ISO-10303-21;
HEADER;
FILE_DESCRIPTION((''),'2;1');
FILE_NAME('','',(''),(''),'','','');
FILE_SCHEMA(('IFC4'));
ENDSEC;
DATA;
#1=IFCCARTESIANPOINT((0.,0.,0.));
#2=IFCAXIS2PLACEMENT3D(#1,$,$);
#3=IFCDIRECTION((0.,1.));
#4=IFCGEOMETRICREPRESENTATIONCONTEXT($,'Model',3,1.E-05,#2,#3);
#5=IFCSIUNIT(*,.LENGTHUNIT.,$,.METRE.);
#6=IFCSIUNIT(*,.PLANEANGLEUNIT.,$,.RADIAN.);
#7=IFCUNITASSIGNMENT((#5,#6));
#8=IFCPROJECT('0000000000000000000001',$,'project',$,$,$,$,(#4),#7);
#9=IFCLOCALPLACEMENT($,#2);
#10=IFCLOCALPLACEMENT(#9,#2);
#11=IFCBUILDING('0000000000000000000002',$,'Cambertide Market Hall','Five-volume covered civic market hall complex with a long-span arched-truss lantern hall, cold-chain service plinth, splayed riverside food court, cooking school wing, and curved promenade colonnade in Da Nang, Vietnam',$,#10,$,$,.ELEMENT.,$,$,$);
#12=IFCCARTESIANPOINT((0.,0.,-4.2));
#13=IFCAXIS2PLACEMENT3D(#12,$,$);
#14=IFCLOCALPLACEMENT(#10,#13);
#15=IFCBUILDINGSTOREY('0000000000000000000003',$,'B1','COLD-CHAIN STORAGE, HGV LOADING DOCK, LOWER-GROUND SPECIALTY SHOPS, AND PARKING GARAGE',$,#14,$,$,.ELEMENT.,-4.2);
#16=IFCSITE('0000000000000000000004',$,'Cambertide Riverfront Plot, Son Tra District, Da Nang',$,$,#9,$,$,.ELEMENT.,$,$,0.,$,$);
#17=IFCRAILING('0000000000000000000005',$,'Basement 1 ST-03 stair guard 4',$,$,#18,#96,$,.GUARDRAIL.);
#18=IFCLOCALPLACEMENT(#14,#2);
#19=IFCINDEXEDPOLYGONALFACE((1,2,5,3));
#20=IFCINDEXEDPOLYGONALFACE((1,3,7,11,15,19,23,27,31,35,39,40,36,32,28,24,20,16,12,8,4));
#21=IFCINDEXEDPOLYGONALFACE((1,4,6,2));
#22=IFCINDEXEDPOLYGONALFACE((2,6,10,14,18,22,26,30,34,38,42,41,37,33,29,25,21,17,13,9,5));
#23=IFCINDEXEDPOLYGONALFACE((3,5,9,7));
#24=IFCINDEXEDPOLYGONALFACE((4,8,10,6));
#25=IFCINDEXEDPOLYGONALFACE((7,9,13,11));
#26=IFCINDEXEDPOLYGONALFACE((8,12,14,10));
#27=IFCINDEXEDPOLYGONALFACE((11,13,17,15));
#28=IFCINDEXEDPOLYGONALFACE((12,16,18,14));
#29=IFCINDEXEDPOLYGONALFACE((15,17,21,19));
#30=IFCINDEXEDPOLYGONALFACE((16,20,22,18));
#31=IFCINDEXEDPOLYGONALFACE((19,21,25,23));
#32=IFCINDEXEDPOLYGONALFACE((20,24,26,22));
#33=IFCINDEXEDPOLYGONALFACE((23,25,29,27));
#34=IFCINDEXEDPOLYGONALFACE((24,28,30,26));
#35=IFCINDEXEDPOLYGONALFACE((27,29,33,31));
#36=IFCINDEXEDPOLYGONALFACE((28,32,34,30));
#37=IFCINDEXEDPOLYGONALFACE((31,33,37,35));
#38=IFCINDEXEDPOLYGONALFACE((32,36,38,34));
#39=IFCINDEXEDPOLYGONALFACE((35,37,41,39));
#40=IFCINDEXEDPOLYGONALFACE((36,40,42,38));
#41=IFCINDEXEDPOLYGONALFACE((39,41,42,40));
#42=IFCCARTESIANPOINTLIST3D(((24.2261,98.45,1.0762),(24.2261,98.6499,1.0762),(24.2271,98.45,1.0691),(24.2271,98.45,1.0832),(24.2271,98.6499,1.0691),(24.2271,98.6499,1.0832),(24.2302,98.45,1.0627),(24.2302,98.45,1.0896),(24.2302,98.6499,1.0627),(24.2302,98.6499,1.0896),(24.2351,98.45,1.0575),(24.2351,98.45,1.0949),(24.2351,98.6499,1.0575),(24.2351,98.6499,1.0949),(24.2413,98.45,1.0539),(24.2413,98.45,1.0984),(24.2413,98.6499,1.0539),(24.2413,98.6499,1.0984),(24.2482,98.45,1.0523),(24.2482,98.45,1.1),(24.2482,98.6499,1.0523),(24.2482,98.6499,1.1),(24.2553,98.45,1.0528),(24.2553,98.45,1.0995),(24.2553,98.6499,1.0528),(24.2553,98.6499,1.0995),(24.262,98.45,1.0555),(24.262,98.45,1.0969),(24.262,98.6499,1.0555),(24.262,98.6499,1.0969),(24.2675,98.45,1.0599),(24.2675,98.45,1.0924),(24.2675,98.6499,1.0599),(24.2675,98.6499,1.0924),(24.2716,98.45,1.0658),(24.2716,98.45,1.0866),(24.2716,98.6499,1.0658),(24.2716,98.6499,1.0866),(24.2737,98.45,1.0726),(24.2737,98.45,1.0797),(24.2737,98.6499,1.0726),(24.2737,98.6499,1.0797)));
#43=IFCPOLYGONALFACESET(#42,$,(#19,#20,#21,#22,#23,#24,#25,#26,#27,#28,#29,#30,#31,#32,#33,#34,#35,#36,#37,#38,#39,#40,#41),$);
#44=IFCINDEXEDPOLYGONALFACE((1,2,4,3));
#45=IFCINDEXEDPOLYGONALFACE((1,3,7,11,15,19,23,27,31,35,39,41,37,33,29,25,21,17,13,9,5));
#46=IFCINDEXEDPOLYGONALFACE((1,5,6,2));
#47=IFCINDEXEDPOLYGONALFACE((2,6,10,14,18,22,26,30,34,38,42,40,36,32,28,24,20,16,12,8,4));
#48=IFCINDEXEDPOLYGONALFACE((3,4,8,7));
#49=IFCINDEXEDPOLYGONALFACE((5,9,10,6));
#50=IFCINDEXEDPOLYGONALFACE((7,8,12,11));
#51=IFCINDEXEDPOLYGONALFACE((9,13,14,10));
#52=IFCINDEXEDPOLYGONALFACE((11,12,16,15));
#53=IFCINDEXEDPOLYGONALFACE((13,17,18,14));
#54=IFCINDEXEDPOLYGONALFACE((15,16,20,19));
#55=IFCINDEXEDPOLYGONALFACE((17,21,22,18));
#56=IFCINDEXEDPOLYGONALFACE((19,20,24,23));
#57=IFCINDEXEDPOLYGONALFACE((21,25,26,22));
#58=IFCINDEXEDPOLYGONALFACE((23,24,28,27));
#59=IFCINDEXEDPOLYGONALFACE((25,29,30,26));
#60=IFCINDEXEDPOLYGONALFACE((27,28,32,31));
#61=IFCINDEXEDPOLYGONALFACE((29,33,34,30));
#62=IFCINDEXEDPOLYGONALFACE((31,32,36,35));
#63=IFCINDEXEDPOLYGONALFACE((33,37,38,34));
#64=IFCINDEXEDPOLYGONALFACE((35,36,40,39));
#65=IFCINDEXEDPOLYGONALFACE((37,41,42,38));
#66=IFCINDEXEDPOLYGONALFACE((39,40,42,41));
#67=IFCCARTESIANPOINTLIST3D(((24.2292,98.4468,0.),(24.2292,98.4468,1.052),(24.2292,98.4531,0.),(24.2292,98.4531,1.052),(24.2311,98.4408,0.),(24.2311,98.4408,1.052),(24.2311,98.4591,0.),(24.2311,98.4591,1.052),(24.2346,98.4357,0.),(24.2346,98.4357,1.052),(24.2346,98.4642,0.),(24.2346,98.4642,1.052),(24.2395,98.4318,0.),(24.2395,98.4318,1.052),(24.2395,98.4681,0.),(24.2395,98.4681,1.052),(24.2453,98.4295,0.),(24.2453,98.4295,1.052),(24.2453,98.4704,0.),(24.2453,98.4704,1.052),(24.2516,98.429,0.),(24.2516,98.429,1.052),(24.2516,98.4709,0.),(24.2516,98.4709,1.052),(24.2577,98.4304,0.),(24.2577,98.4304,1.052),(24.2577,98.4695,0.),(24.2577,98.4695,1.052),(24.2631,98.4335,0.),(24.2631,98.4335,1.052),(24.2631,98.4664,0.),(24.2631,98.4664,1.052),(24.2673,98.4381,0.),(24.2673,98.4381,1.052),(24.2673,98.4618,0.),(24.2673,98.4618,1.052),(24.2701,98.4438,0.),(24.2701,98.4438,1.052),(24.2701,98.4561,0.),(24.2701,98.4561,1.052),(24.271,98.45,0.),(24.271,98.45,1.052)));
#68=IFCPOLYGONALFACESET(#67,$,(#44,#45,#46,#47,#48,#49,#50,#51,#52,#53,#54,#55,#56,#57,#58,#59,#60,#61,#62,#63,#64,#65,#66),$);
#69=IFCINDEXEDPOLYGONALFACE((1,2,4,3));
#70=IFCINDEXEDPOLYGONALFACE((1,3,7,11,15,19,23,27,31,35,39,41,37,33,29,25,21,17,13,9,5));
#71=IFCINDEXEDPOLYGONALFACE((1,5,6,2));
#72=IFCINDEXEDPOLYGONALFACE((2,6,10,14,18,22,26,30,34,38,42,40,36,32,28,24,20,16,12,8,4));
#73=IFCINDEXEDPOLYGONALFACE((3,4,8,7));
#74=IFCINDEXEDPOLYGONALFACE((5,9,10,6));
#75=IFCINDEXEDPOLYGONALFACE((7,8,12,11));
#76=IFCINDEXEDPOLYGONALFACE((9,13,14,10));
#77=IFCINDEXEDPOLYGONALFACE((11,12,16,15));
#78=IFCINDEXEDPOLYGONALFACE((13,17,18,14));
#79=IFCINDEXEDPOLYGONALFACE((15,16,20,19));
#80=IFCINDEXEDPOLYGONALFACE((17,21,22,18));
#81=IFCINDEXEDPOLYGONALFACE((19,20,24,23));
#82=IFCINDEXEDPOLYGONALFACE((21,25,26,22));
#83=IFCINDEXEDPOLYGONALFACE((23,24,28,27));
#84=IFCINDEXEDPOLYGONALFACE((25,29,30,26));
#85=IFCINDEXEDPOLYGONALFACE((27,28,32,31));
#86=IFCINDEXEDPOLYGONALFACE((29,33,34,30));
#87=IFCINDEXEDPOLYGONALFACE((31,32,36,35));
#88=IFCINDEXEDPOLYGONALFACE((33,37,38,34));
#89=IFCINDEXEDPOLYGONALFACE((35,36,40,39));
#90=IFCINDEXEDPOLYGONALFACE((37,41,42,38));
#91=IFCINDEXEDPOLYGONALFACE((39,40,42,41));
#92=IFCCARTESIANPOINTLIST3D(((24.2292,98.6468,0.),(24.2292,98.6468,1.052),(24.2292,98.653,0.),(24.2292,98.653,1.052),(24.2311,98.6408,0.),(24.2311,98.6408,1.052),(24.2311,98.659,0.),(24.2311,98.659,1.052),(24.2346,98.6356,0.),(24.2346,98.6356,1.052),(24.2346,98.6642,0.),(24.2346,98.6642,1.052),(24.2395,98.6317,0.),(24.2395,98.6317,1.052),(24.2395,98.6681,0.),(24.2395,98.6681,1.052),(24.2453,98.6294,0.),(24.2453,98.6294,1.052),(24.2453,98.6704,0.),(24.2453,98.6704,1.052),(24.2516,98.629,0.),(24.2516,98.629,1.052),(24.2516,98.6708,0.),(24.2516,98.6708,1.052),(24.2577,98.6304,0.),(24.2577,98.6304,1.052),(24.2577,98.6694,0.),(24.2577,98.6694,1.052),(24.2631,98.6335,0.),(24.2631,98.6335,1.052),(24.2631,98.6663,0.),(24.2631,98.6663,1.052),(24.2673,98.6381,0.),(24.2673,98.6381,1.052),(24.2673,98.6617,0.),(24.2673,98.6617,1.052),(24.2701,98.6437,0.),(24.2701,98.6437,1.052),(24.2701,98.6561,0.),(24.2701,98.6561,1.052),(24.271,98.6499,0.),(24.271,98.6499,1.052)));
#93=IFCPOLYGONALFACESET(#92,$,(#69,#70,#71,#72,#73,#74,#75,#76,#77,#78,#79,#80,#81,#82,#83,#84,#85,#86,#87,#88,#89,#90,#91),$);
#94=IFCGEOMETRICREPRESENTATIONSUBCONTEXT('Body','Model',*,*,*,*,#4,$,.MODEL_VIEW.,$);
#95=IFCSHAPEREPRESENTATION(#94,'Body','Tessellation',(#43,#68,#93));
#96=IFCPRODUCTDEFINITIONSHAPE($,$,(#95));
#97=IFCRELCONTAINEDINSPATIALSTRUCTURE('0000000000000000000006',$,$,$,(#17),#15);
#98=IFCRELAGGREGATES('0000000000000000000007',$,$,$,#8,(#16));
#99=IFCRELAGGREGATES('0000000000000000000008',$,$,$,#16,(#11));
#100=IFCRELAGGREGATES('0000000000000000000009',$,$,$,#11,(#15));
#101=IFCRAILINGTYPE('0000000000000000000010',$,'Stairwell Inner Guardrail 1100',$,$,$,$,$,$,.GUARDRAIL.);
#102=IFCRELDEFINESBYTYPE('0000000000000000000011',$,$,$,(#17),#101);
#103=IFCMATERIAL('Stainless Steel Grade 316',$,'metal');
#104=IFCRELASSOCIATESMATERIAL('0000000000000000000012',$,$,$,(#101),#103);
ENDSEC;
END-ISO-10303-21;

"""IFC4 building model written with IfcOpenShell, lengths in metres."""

from ifc_helpers import new_model, si_unit, direction, frame, origin, origin_2d, place, context, subcontext, project, spatial, circle, extrude, material, type_object, element, save


model = new_model("IFC4")

# Units and contexts
model_context = context("Model", 3, precision=1e-05, world=origin(), true_north=direction((0.0, 1.0)))
body_context = subcontext(model_context, "Body", "Model", "MODEL_VIEW")
ifc_project = project(units=[si_unit("LENGTHUNIT", "METRE"), si_unit("PLANEANGLEUNIT", "RADIAN")], contexts=[model_context])

# Site, building, storey
site_placement = place(None, origin())
site = spatial("IfcSite", under=ifc_project, at=site_placement, Name="Cambertide Riverfront Plot, Son Tra District, Da Nang", CompositionType="ELEMENT", RefElevation=0.0)
building_placement = place(site_placement, origin())
building = spatial("IfcBuilding", under=site, at=building_placement, Name="Cambertide Market Hall", Description="Five-volume covered civic market hall complex with a long-span arched-truss lantern hall, cold-chain service plinth, splayed riverside food court, cooking school wing, and curved promenade colonnade in Da Nang, Vietnam", CompositionType="ELEMENT")
storey_placement = place(building_placement, frame((0.0, 0.0, -4.2)))
storey = spatial("IfcBuildingStorey", under=building, at=storey_placement, Name="B1", Description="COLD-CHAIN STORAGE, HGV LOADING DOCK, LOWER-GROUND SPECIALTY SHOPS, AND PARKING GARAGE", CompositionType="ELEMENT", Elevation=-4.2)

# Railing
ifc_material_1 = material(Name="Stainless Steel Grade 316", Category="metal")
railing_type_1 = type_object("IfcRailingType", Name="Stairwell Inner Guardrail 1100", PredefinedType="GUARDRAIL", material=ifc_material_1)
railing_1_placement = place(storey_placement, frame((24.25, 98.45, 0.0)))
element("IfcRailing", 1, at=railing_1_placement, inside=storey, type_object=railing_type_1, Name="Basement 1 ST-03 stair guard 4", PredefinedType="GUARDRAIL", context=body_context, shape_type="SweptSolid", body=[
    extrude(circle(Radius=0.0239, at=origin_2d()), frame((0.0, 0.0, 1.0762), z_axis=(0.0, 1.0, 0.0), x_axis=(-1.0, 0.0, 0.0)), (0.0, 0.0, 1.0), 0.2),
    extrude(circle(Radius=0.021, at=origin_2d()), origin(), (0.0, 0.0, 1.0), 1.052),
    extrude(circle(Radius=0.021, at=origin_2d()), frame((0.0, 0.2, 0.0)), (0.0, 0.0, 1.0), 1.052),
])

save(model, "model.ifc")
